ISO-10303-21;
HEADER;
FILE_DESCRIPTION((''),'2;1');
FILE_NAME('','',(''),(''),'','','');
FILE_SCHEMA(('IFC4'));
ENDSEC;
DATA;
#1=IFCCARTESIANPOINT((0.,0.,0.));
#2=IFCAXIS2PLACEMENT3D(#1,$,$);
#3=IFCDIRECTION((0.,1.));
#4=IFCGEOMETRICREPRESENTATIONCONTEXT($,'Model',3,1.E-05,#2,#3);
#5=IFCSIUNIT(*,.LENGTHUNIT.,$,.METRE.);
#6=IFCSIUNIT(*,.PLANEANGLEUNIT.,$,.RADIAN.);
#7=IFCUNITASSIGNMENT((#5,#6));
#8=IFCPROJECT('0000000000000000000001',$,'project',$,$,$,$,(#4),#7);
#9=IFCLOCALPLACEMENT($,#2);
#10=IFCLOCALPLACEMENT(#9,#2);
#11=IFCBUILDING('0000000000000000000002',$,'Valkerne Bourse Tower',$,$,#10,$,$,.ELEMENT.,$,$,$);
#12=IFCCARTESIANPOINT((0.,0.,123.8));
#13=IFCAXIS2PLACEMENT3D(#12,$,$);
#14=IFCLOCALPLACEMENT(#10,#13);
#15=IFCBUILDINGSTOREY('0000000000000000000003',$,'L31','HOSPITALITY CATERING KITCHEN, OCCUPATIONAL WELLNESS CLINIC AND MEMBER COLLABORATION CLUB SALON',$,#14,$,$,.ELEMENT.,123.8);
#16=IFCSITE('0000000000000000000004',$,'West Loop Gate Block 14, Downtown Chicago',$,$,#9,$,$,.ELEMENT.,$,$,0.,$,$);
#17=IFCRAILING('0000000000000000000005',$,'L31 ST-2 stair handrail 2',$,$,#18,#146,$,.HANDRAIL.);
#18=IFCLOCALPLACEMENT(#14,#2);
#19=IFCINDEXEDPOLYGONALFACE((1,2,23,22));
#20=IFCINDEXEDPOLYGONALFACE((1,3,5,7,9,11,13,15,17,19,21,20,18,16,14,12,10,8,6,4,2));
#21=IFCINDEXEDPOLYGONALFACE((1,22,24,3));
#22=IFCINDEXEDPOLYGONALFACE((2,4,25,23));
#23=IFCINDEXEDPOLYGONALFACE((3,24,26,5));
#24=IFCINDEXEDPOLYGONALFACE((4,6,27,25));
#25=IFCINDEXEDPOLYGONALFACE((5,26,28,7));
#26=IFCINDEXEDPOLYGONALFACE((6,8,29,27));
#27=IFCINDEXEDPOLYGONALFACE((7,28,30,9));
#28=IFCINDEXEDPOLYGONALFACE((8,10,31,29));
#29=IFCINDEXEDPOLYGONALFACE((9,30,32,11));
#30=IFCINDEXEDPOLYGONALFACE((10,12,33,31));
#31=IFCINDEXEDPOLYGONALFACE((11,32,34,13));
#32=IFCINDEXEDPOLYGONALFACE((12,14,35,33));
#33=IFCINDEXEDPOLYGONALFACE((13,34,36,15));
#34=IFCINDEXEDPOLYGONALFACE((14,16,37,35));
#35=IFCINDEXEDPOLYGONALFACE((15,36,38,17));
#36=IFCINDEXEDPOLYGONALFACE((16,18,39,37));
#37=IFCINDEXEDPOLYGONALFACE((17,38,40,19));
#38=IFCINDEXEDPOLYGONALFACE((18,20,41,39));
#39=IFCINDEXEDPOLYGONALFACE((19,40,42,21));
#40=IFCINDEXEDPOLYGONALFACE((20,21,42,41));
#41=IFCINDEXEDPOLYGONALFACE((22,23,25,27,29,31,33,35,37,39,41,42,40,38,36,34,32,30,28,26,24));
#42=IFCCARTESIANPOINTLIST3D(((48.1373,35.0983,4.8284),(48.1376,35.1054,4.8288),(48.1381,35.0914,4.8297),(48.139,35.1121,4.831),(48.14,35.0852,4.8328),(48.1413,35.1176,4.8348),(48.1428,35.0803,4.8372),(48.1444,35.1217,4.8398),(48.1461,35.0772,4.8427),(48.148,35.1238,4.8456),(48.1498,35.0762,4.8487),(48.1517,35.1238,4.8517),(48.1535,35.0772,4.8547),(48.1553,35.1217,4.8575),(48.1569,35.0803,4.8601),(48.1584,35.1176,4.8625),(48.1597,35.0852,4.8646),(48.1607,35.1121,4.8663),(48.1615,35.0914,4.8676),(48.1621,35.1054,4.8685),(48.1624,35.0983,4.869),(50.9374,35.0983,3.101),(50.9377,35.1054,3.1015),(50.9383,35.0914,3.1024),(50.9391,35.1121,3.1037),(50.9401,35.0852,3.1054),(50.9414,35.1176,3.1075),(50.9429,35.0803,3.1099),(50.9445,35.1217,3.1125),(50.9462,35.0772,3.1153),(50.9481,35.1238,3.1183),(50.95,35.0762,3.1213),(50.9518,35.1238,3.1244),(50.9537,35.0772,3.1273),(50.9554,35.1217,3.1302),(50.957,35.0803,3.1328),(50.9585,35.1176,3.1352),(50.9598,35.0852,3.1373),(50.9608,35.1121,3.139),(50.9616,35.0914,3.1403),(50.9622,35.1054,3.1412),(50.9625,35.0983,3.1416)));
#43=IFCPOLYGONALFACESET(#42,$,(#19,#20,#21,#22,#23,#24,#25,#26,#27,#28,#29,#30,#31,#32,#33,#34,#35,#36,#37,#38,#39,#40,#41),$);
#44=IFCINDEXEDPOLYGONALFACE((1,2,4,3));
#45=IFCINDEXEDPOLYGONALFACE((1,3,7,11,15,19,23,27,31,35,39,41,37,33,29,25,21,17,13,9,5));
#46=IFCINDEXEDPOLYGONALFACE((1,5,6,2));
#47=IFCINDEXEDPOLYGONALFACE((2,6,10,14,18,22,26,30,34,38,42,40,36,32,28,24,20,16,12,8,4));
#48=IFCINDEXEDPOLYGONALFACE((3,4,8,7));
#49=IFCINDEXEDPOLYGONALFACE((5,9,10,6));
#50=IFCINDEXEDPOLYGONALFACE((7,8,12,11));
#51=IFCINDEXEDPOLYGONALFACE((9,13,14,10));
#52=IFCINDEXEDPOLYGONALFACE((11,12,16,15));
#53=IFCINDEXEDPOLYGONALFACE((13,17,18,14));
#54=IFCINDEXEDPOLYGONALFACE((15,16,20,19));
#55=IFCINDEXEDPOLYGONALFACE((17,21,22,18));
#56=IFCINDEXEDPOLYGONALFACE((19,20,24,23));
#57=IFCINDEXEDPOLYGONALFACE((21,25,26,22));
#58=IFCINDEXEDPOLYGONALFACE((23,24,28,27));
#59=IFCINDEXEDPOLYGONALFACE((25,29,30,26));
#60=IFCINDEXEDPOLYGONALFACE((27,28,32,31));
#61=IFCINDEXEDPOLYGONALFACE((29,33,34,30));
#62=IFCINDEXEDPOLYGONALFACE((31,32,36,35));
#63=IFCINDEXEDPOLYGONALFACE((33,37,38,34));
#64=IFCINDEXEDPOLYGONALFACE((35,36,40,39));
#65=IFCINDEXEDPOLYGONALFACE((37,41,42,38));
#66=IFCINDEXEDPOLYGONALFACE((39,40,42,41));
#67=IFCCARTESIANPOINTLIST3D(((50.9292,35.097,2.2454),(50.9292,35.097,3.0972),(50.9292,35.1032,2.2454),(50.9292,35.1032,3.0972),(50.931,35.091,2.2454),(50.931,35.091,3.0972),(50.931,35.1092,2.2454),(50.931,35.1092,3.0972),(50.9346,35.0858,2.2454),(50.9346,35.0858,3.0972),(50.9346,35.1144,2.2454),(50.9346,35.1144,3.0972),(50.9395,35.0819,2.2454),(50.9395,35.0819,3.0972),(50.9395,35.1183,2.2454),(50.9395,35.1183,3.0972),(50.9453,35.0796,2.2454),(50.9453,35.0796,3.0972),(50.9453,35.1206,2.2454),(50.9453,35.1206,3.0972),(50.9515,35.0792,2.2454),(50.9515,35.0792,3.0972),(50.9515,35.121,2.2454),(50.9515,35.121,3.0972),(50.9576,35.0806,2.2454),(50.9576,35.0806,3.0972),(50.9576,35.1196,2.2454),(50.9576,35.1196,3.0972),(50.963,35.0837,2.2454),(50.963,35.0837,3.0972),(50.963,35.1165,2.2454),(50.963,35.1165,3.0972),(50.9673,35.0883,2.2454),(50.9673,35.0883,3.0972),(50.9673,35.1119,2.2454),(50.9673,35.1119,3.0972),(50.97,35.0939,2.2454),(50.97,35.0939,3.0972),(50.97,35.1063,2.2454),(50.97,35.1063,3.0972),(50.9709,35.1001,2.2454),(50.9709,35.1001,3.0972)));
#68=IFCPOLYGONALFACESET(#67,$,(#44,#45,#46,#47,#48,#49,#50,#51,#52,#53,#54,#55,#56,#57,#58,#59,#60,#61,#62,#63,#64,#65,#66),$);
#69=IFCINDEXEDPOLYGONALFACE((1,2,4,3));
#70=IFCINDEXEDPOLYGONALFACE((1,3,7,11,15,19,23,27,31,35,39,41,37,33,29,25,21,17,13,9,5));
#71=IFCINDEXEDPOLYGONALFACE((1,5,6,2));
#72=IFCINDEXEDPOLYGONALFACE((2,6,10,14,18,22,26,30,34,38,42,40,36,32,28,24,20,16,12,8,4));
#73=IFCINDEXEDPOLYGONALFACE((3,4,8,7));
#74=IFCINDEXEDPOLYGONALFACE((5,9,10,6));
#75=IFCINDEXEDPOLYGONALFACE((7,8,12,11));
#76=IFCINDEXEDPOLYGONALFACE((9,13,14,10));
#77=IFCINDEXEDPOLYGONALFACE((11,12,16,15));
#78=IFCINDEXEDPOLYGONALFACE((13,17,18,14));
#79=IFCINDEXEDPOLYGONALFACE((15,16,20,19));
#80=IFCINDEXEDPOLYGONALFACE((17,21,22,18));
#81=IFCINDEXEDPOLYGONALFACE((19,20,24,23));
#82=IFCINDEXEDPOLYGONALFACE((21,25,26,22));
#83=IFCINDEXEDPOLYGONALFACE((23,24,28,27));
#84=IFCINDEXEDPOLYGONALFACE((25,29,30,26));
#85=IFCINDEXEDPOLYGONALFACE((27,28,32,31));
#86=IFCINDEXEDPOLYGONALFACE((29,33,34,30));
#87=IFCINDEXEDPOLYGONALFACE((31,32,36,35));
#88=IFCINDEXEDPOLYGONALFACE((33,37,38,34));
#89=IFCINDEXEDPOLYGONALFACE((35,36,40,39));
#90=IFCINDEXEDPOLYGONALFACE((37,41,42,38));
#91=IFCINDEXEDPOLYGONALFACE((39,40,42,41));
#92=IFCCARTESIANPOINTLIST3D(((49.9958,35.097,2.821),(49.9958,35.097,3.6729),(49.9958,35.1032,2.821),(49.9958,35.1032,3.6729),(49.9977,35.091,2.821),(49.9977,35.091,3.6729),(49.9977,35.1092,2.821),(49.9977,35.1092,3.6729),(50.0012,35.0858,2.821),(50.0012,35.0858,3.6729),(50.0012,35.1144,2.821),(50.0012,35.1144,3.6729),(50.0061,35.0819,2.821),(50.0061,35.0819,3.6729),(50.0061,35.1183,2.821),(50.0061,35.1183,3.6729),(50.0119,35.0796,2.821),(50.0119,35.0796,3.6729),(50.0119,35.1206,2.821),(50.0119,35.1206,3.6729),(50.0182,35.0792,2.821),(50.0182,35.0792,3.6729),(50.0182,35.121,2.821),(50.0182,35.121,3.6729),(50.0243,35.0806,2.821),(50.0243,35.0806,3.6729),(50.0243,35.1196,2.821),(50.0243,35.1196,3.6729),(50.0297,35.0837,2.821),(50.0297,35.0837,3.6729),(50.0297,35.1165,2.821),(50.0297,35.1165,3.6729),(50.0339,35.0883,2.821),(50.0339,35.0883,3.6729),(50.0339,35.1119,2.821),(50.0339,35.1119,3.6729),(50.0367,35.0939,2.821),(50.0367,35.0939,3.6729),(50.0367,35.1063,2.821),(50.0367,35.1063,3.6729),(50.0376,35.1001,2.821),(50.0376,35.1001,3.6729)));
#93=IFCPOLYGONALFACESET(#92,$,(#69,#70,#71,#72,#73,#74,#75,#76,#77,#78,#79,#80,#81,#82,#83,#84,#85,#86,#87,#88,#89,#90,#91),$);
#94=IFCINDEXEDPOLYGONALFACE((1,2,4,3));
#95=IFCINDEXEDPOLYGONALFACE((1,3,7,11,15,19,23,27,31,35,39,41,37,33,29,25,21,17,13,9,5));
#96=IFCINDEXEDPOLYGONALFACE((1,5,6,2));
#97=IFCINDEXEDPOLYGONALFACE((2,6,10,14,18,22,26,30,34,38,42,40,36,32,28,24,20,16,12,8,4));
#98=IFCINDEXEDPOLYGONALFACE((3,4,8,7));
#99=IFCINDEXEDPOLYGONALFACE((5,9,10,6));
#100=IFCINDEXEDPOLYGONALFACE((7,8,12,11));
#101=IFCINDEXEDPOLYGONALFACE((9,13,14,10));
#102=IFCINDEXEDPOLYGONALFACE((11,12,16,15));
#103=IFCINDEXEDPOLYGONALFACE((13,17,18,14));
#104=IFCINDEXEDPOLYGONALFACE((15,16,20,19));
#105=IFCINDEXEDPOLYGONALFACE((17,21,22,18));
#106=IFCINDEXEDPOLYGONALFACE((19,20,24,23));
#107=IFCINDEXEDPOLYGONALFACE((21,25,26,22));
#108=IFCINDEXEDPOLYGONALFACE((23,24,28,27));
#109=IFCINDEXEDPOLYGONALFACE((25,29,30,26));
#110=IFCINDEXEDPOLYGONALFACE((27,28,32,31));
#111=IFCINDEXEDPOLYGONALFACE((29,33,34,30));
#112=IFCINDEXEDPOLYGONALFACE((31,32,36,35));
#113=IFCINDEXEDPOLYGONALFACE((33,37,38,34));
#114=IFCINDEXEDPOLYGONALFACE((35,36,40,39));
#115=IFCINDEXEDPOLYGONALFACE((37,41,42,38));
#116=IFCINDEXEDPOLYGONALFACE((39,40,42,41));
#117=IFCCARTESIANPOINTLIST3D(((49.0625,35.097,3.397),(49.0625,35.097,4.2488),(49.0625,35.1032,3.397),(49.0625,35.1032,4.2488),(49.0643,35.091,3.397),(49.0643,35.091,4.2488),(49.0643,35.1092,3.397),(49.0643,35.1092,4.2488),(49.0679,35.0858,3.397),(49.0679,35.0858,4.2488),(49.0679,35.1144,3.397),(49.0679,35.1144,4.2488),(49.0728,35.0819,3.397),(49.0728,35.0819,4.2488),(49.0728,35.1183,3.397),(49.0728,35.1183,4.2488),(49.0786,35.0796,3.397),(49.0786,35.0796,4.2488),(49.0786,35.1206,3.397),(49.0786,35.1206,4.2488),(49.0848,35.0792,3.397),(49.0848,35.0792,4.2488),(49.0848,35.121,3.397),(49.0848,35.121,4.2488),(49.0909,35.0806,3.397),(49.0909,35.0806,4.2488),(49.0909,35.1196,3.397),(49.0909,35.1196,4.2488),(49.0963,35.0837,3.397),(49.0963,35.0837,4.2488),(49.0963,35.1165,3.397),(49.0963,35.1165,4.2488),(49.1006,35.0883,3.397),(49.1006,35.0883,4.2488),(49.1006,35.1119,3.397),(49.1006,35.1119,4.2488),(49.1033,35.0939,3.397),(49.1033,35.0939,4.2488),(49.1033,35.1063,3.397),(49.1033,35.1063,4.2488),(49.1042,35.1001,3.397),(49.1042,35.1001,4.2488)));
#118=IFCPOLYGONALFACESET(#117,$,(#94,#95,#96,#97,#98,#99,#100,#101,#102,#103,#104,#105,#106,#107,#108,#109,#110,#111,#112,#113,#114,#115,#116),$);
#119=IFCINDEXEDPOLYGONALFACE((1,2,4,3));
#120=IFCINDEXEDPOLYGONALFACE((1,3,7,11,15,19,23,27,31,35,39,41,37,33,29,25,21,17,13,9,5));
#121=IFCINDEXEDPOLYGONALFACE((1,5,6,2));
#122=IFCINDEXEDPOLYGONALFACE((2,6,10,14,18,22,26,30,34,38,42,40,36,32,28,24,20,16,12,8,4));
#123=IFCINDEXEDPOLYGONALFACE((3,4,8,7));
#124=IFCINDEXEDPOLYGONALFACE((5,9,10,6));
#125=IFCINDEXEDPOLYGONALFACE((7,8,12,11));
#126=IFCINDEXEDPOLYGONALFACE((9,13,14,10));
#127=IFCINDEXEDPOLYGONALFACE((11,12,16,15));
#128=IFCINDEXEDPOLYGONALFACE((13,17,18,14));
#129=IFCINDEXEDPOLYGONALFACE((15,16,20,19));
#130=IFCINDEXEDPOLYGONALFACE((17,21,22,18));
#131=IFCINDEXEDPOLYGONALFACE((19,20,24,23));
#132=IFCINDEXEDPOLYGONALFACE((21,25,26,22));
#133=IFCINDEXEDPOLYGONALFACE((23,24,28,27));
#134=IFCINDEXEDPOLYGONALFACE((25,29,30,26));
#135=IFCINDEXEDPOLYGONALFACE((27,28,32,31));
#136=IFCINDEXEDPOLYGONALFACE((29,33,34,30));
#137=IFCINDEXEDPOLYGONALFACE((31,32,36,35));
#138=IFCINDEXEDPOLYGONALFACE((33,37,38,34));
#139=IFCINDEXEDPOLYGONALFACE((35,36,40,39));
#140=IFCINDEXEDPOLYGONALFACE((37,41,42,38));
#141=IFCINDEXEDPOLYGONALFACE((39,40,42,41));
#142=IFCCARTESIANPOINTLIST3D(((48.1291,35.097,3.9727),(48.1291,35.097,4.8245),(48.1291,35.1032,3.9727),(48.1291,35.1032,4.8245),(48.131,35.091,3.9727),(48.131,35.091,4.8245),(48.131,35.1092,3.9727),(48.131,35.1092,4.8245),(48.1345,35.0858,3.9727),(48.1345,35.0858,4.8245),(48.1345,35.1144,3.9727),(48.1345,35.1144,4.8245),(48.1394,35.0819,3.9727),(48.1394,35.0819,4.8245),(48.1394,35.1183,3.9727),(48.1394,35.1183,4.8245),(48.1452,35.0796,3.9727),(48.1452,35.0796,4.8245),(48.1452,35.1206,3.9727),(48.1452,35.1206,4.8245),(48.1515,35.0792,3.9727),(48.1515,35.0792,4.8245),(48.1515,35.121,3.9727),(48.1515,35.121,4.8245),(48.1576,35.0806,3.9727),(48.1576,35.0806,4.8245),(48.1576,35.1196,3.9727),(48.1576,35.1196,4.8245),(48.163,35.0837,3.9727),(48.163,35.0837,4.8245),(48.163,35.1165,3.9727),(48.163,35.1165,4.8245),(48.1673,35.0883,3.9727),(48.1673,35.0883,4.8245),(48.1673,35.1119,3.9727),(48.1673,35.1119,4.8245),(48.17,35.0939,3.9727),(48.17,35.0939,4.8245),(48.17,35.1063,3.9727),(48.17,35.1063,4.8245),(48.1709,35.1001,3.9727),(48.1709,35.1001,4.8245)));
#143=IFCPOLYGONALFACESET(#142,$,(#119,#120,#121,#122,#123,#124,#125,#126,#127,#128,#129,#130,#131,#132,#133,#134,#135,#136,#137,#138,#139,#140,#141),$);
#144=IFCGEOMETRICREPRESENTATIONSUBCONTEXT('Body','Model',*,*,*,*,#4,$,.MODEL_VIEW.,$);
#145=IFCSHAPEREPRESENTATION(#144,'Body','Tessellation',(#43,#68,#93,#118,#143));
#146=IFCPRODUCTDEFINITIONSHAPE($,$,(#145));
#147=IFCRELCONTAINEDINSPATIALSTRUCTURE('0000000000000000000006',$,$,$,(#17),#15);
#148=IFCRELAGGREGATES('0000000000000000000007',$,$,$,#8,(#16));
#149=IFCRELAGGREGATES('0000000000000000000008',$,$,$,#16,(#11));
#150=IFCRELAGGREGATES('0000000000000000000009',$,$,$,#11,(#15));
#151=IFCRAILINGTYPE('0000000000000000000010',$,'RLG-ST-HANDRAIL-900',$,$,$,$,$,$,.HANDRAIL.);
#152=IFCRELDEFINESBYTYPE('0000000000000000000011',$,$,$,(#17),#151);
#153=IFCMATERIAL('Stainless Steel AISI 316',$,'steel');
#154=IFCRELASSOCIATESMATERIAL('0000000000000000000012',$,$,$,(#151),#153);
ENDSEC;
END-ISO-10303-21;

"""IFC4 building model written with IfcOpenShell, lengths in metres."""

from ifc_helpers import new_model, si_unit, direction, frame, origin, origin_2d, place, context, subcontext, project, spatial, circle, extrude, material, type_object, element, save


model = new_model("IFC4")

# Units and contexts
model_context = context("Model", 3, precision=1e-05, world=origin(), true_north=direction((0.0, 1.0)))
body_context = subcontext(model_context, "Body", "Model", "MODEL_VIEW")
ifc_project = project(units=[si_unit("LENGTHUNIT", "METRE"), si_unit("PLANEANGLEUNIT", "RADIAN")], contexts=[model_context])

# Site, building, storey
site_placement = place(None, origin())
site = spatial("IfcSite", under=ifc_project, at=site_placement, Name="West Loop Gate Block 14, Downtown Chicago", CompositionType="ELEMENT", RefElevation=0.0)
building_placement = place(site_placement, origin())
building = spatial("IfcBuilding", under=site, at=building_placement, Name="Valkerne Bourse Tower", CompositionType="ELEMENT")
storey_placement = place(building_placement, frame((0.0, 0.0, 123.8)))
storey = spatial("IfcBuildingStorey", under=building, at=storey_placement, Name="L31", Description="HOSPITALITY CATERING KITCHEN, OCCUPATIONAL WELLNESS CLINIC AND MEMBER COLLABORATION CLUB SALON", CompositionType="ELEMENT", Elevation=123.8)

# Shared definitions
ifc_material_1 = material(Name="Stainless Steel AISI 316", Category="steel")

# Railing
railing_type_1 = type_object("IfcRailingType", Name="RLG-ST-HANDRAIL-900", PredefinedType="HANDRAIL", material=ifc_material_1)
railing_1_placement = place(storey_placement, frame((50.95, 35.1001, 2.2454)))
element("IfcRailing", 1, at=railing_1_placement, inside=storey, type_object=railing_type_1, Name="L31 ST-2 stair handrail 2", PredefinedType="HANDRAIL", context=body_context, shape_type="SweptSolid", body=[
    extrude(circle(Radius=0.0239, at=origin_2d()), frame((0.0, 0.0, 0.876), z_axis=(-0.85109, 0.0, 0.52502), x_axis=(0.0, -1.0, 0.0)), (0.0, 0.0, 1.0), 3.29),
    extrude(circle(Radius=0.021, at=origin_2d()), origin(), (0.0, 0.0, 1.0), 0.8518),
    extrude(circle(Radius=0.021, at=origin_2d()), frame((-0.9333, 0.0, 0.5757)), (0.0, 0.0, 1.0), 0.8518),
    extrude(circle(Radius=0.021, at=origin_2d()), frame((-1.8667, 0.0, 1.1516)), (0.0, 0.0, 1.0), 0.8518),
    extrude(circle(Radius=0.021, at=origin_2d()), frame((-2.8, 0.0, 1.7273)), (0.0, 0.0, 1.0), 0.8518),
])

save(model, "model.ifc")
